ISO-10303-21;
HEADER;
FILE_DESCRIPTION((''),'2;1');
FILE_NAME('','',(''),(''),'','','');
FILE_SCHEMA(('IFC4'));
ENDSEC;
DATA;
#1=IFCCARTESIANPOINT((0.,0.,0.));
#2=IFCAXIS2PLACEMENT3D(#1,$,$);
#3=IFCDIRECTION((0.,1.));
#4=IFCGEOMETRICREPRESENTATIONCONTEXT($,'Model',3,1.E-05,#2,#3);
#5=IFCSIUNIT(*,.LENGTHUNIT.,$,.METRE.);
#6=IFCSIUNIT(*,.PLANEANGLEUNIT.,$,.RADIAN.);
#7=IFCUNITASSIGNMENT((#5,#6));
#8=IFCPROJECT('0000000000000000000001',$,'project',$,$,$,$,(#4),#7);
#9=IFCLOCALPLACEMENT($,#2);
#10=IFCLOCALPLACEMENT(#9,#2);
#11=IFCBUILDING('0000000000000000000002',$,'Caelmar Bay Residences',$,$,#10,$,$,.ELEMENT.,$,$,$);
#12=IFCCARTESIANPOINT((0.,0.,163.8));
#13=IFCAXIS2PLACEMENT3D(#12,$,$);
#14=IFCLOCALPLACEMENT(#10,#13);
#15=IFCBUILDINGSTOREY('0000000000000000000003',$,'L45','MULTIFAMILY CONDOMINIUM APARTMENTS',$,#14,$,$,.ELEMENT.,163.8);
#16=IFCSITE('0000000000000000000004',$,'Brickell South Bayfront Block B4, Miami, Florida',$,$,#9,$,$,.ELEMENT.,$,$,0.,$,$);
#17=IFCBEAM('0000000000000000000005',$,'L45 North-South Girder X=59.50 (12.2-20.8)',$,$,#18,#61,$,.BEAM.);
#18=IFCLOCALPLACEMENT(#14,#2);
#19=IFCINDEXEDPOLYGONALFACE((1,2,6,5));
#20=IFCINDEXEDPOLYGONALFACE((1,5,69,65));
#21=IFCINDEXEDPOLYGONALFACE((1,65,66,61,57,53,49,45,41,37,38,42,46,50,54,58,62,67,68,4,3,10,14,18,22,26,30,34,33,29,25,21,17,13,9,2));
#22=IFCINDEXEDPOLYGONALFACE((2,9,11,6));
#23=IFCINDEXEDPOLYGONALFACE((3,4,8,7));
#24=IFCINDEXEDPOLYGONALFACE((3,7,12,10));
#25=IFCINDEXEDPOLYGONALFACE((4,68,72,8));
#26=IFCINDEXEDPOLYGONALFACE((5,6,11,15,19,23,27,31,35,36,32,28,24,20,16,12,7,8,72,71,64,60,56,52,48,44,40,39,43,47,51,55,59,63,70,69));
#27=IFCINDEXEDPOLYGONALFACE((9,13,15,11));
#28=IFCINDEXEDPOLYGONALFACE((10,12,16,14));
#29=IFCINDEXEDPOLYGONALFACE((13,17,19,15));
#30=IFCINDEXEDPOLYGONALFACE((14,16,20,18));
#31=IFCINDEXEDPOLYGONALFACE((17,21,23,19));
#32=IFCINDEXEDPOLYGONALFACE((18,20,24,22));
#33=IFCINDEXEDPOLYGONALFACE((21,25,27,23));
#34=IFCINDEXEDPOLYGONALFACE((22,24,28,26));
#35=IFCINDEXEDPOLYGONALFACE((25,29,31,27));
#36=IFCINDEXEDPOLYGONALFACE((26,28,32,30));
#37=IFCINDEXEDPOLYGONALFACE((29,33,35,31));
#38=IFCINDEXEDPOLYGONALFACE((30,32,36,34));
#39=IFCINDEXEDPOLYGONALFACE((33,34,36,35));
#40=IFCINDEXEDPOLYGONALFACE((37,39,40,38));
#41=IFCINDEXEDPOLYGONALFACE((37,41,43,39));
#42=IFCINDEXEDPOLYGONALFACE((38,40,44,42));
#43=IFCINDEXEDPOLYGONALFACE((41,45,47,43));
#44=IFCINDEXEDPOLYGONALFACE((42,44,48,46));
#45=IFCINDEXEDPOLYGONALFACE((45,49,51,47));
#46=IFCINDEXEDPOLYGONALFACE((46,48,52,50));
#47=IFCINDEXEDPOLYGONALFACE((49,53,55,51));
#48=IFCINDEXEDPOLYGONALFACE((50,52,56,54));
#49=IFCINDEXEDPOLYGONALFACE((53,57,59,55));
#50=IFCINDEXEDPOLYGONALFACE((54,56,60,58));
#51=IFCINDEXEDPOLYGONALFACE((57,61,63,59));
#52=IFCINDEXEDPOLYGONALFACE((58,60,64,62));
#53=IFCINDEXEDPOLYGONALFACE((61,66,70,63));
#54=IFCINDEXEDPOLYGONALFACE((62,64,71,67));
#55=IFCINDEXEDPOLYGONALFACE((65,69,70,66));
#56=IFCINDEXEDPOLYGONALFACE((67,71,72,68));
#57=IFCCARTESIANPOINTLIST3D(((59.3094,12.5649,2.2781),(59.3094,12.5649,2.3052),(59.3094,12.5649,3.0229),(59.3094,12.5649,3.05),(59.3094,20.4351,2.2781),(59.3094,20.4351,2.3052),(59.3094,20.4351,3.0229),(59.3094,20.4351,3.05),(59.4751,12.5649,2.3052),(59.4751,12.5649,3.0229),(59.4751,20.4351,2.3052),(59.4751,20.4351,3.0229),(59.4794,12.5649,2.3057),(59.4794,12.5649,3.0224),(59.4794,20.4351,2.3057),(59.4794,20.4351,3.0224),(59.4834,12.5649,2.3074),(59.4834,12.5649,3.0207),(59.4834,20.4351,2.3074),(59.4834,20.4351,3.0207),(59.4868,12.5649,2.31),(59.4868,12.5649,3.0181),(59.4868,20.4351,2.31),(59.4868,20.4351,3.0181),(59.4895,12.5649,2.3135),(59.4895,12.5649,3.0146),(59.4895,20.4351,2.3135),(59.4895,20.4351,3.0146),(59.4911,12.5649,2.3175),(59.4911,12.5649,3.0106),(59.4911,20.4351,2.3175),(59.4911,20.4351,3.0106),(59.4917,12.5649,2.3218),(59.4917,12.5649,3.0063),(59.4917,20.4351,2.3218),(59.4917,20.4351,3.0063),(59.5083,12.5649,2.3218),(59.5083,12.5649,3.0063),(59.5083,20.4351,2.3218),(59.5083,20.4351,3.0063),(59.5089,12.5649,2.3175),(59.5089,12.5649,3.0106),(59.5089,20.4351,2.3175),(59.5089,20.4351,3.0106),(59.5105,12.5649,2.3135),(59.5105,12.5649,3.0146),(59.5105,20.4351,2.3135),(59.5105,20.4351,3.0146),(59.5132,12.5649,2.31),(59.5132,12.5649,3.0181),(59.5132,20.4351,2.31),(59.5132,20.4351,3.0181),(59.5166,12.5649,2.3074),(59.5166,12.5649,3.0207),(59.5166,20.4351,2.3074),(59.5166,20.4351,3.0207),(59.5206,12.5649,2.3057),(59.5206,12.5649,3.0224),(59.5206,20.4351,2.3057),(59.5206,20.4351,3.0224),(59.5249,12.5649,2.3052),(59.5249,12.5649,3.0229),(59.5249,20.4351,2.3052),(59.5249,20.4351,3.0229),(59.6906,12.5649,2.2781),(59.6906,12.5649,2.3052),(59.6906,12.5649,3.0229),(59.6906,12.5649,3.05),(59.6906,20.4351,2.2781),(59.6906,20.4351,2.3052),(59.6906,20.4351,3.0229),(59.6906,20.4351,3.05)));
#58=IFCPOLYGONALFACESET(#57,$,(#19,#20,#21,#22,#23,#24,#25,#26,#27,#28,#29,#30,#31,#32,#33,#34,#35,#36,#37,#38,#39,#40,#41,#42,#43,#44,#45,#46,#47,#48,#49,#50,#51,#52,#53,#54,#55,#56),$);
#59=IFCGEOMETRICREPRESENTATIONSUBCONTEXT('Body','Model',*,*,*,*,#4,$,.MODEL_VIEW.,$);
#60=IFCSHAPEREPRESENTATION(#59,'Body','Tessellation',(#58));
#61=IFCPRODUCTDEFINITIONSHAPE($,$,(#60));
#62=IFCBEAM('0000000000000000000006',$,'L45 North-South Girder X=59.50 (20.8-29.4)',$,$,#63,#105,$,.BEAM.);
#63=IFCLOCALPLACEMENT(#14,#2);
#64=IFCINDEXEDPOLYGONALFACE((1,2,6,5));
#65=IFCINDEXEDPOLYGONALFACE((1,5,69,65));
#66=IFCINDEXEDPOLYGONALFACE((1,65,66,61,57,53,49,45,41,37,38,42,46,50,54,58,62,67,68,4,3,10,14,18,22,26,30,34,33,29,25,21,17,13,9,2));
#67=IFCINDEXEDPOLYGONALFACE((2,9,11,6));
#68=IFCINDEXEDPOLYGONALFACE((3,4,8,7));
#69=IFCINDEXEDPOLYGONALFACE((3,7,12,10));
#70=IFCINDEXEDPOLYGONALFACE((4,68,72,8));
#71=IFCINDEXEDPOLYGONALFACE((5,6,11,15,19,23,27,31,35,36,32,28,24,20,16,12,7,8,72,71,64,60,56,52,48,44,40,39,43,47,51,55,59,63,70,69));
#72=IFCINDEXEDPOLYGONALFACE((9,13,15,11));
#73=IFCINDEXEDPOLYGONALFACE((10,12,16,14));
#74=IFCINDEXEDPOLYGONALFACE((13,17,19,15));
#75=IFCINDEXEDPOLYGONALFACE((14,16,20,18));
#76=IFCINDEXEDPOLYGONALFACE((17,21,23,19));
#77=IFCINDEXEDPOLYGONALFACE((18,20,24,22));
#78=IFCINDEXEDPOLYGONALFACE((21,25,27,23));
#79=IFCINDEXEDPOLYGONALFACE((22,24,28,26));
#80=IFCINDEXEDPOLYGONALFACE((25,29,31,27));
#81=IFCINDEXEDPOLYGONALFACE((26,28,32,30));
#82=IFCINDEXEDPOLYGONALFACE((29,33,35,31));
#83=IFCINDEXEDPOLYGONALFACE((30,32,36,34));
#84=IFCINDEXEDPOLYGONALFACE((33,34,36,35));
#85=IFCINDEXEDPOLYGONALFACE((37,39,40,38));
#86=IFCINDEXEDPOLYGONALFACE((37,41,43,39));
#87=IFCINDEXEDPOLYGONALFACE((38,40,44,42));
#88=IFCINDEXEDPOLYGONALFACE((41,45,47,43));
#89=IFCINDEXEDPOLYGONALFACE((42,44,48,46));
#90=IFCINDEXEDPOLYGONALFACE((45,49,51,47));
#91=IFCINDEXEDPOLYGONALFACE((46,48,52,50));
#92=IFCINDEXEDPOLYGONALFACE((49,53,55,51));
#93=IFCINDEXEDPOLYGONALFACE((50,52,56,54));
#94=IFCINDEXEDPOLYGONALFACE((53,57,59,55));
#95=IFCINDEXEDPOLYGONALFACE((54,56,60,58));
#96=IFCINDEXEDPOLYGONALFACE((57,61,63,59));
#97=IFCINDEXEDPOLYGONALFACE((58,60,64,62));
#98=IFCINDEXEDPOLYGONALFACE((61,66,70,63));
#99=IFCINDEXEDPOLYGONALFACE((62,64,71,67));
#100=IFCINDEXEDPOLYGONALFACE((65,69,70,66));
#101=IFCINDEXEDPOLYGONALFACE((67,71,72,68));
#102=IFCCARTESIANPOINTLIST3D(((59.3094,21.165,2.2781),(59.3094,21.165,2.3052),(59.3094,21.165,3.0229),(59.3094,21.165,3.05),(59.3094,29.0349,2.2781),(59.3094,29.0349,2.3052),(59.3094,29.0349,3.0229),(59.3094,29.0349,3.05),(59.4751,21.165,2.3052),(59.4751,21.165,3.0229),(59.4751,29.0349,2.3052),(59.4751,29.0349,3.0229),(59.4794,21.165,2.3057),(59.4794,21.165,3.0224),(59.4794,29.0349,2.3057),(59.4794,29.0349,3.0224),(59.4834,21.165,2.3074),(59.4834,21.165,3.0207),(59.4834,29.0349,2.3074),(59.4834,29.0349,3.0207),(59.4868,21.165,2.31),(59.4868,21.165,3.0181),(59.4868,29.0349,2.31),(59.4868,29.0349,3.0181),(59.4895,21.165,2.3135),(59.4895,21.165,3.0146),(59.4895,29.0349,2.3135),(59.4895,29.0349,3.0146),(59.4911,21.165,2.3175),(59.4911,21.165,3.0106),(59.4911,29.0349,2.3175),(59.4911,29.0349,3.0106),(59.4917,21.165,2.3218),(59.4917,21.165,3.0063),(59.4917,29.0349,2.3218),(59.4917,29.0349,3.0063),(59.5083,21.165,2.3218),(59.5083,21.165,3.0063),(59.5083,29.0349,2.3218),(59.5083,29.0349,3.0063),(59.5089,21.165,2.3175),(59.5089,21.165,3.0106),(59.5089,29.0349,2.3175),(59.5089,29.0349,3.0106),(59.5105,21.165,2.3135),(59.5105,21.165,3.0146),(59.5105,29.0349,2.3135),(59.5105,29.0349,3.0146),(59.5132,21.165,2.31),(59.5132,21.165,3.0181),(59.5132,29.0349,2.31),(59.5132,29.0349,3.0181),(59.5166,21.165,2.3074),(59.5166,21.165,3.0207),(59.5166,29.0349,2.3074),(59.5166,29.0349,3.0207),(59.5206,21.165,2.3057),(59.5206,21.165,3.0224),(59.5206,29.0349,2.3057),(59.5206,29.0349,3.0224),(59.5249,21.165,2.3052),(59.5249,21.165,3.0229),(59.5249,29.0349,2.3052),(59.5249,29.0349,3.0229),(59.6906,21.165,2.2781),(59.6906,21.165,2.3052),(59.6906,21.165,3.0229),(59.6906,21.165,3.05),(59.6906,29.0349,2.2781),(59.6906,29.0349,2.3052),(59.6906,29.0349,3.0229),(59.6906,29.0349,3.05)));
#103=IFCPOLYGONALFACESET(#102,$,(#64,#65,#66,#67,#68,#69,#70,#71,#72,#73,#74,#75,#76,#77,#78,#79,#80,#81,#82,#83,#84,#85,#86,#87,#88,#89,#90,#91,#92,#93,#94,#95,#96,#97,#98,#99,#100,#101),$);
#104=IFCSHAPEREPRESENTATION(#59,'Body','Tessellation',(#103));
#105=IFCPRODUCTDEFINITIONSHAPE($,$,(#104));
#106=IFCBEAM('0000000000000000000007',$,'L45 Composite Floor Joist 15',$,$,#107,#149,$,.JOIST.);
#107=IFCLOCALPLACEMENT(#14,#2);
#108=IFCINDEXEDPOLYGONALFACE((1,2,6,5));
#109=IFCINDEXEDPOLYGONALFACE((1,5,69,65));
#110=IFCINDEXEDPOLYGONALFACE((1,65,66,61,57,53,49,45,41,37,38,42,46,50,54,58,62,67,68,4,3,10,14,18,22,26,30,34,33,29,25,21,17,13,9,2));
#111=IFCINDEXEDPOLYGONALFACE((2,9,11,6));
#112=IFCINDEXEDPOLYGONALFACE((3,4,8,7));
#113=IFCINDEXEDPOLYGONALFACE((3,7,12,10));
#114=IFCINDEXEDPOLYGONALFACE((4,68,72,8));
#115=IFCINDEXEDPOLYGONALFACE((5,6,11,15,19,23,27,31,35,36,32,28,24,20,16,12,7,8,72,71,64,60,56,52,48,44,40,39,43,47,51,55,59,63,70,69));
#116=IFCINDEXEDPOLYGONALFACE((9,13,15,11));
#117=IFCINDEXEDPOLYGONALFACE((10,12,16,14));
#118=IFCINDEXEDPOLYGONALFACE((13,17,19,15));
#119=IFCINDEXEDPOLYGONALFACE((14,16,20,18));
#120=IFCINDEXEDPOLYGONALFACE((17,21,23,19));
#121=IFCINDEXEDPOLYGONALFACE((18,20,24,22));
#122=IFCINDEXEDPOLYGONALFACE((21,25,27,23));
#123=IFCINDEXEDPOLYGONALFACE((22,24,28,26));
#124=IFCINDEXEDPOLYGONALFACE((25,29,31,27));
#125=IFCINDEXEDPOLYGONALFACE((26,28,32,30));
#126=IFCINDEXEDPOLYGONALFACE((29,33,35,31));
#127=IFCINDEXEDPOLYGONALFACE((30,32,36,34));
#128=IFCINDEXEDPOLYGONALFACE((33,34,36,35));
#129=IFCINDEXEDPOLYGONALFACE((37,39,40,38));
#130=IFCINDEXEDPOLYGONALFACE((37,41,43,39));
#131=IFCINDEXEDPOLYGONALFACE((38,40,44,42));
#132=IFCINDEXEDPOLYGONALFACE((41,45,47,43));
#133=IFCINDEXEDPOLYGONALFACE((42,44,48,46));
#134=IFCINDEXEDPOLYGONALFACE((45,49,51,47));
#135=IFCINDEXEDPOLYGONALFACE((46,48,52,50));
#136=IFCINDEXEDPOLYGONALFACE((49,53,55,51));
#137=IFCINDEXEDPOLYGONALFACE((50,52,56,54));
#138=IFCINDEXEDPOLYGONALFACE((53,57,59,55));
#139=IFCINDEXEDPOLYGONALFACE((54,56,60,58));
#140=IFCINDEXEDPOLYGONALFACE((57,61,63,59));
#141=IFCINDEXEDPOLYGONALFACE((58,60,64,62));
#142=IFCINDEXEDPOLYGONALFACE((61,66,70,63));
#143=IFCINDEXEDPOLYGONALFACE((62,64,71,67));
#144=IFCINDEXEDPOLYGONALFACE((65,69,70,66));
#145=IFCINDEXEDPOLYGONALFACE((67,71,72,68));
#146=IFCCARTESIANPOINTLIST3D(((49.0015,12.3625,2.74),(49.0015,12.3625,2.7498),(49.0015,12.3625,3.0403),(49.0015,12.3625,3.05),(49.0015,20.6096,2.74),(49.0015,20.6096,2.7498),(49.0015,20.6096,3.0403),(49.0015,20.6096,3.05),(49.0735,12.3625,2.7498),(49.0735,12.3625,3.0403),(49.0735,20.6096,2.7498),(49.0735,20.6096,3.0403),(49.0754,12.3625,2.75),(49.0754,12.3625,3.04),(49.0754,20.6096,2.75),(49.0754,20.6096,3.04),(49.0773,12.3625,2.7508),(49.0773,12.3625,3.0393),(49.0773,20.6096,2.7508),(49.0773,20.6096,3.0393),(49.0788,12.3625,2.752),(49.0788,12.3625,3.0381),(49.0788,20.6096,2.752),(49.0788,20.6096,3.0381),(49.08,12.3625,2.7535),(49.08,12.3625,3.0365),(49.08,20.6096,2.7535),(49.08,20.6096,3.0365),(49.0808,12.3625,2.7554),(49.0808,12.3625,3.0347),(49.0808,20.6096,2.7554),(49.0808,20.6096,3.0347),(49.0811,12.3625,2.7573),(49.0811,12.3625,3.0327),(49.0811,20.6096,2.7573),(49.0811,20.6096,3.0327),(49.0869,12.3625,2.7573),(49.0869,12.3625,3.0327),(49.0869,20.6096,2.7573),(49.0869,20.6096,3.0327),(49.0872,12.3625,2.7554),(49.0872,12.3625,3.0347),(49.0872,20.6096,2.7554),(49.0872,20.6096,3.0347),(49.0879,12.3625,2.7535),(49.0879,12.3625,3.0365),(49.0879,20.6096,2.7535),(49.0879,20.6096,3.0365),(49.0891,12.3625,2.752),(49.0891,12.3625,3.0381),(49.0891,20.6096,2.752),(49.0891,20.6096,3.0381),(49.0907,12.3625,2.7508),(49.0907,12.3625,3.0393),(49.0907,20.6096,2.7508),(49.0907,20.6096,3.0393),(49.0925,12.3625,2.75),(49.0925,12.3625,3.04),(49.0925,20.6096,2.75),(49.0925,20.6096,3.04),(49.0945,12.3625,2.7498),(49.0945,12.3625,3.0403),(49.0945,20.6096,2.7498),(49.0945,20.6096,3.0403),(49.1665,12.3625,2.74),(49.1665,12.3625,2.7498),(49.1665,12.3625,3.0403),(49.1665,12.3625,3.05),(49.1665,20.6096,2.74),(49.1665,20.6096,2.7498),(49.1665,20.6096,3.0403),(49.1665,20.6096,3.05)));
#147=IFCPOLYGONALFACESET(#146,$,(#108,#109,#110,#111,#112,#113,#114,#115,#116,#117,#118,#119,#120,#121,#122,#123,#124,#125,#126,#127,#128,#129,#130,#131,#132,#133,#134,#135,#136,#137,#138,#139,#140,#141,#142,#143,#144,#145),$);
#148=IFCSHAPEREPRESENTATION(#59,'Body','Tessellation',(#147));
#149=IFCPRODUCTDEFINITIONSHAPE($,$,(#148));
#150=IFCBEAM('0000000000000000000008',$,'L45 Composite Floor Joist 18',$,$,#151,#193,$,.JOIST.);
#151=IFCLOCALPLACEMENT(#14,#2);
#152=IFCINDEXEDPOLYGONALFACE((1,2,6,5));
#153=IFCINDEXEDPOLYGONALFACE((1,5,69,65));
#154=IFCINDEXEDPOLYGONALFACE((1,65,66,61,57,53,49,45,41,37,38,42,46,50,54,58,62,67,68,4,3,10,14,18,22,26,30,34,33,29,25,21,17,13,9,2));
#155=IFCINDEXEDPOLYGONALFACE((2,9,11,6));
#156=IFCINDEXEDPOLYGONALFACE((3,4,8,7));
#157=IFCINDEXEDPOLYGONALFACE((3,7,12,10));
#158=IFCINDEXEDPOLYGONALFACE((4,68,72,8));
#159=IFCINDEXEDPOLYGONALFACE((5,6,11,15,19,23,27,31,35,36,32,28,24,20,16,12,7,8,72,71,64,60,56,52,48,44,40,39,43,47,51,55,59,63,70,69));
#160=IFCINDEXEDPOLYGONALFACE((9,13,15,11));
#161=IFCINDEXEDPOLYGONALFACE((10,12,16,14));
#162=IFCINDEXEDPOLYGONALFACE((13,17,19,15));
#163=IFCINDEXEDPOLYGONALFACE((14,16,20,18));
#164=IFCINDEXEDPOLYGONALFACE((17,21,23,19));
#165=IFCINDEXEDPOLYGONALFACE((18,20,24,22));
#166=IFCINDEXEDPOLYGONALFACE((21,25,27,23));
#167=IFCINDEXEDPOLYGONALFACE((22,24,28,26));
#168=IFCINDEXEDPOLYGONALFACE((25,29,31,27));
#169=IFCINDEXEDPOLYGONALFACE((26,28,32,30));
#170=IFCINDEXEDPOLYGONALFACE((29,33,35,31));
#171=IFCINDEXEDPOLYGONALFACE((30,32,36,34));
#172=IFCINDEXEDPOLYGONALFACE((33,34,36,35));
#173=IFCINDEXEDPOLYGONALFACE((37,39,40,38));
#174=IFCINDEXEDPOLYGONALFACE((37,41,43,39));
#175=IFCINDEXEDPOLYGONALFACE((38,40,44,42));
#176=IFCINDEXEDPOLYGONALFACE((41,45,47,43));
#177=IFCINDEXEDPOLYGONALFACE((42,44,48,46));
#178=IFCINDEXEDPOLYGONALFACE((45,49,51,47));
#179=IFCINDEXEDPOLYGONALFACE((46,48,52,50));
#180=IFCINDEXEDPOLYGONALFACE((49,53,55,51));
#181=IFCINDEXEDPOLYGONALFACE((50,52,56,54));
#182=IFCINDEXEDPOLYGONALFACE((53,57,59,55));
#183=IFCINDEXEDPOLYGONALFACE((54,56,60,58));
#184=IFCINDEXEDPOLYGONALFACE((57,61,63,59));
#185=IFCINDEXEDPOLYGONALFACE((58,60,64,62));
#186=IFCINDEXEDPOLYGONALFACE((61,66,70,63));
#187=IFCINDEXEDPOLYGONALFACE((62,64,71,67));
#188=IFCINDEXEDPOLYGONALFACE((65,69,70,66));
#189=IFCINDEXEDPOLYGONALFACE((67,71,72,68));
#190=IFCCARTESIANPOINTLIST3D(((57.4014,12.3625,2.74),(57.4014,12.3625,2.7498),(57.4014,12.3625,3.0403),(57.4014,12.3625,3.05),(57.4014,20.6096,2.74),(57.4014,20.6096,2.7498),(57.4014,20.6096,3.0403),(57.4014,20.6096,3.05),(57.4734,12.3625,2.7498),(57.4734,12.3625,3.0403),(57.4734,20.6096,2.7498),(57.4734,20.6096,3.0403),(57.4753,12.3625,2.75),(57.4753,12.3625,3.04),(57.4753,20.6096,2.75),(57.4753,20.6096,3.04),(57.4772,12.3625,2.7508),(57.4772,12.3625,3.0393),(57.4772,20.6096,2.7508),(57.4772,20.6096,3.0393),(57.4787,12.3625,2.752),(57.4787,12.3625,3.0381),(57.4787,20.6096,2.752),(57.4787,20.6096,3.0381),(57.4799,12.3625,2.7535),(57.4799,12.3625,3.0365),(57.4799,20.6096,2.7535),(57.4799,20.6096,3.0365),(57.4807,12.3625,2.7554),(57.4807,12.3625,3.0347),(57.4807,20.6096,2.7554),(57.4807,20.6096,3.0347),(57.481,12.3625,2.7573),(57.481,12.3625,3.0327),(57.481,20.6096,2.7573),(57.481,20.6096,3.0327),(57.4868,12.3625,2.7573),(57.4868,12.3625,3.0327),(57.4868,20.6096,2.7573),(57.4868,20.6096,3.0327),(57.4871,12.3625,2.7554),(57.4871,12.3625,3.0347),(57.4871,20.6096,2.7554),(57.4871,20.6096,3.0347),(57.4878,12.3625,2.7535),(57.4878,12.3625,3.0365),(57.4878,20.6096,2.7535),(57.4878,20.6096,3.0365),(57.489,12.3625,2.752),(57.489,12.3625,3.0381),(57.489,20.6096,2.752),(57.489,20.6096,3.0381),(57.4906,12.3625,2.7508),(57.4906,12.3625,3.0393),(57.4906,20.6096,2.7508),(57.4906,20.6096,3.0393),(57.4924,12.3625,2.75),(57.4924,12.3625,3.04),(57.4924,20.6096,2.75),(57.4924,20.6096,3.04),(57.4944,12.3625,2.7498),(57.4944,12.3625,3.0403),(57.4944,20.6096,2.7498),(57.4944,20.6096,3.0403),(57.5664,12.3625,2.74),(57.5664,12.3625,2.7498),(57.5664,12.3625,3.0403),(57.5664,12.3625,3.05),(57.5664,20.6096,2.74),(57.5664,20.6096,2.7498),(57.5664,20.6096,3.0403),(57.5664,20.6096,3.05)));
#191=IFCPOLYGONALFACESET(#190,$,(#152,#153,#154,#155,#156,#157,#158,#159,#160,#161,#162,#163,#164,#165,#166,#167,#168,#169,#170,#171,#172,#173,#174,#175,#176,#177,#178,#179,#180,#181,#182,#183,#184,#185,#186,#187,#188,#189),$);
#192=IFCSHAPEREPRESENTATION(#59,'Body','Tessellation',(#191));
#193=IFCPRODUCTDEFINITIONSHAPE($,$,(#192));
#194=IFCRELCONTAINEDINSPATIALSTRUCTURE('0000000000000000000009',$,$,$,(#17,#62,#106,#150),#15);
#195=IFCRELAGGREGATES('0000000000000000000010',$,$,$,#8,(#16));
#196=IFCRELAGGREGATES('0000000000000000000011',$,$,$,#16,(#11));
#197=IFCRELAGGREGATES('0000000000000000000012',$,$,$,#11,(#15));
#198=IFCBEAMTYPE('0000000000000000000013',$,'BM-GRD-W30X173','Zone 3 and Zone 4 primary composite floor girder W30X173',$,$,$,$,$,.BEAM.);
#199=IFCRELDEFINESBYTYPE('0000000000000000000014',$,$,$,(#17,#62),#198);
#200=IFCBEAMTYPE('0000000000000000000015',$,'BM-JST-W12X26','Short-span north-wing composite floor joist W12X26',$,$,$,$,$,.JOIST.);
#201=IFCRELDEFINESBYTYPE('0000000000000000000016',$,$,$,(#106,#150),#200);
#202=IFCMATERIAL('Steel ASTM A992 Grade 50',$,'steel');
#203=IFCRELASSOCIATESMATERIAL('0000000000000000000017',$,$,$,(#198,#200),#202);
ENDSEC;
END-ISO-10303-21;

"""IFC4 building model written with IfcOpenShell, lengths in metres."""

from ifc_helpers import new_model, si_unit, direction, frame, origin, origin_2d, place, context, subcontext, project, spatial, i_section, extrude, material, material_profile, profile_set, type_object, element, save


model = new_model("IFC4")

# Units and contexts
model_context = context("Model", 3, precision=1e-05, world=origin(), true_north=direction((0.0, 1.0)))
body_context = subcontext(model_context, "Body", "Model", "MODEL_VIEW")
ifc_project = project(units=[si_unit("LENGTHUNIT", "METRE"), si_unit("PLANEANGLEUNIT", "RADIAN")], contexts=[model_context])

# Site, building, storey
site_placement = place(None, origin())
site = spatial("IfcSite", under=ifc_project, at=site_placement, Name="Brickell South Bayfront Block B4, Miami, Florida", CompositionType="ELEMENT", RefElevation=0.0)
building_placement = place(site_placement, origin())
building = spatial("IfcBuilding", under=site, at=building_placement, Name="Caelmar Bay Residences", CompositionType="ELEMENT")
storey_placement = place(building_placement, frame((0.0, 0.0, 163.8)))
storey = spatial("IfcBuildingStorey", under=building, at=storey_placement, Name="L45", Description="MULTIFAMILY CONDOMINIUM APARTMENTS", CompositionType="ELEMENT", Elevation=163.8)

# Beams
ifc_material_1 = material(Name="Steel ASTM A992 Grade 50", Category="steel")
ifc_material_profile_1 = material_profile(ifc_material_1, i_section(OverallWidth=0.3811, OverallDepth=0.772, WebThickness=0.0166, FlangeThickness=0.0271, FilletRadius=0.0166, at=origin_2d()), Name="W30X173")
ifc_profile_set_1 = profile_set([ifc_material_profile_1], Name="Steel ASTM A992 Grade 50")
beam_type_1 = type_object("IfcBeamType", Name="BM-GRD-W30X173", Description="Zone 3 and Zone 4 primary composite floor girder W30X173", PredefinedType="BEAM", material=ifc_profile_set_1)
for number, where, z_axis, x_axis, name in (
    (1, (59.5, 12.5649, 2.6641), (0.0, 1.0, 0.0), (-1.0, 0.0, 0.0), "L45 North-South Girder X=59.50 (12.2-20.8)"),
):
    element("IfcBeam", number, at=place(storey_placement, frame(where, z_axis=z_axis, x_axis=x_axis)), inside=storey, type_object=beam_type_1, Name=name, PredefinedType="BEAM", context=body_context, shape_type="SweptSolid", body=[
        extrude(i_section(OverallWidth=0.3811, OverallDepth=0.772, WebThickness=0.0166, FlangeThickness=0.0271, FilletRadius=0.0166, at=origin_2d()), origin(), (0.0, 0.0, 1.0), 7.8701),
    ])
beam_1_placement = place(storey_placement, frame((59.5, 21.165, 2.6641), z_axis=(0.0, 1.0, 0.0), x_axis=(-1.0, 0.0, 0.0)))
element("IfcBeam", 2, at=beam_1_placement, inside=storey, type_object=beam_type_1, Name="L45 North-South Girder X=59.50 (20.8-29.4)", PredefinedType="BEAM", context=body_context, shape_type="SweptSolid", body=[
    extrude(i_section(OverallWidth=0.3811, OverallDepth=0.772, WebThickness=0.0166, FlangeThickness=0.0271, FilletRadius=0.0166, at=origin_2d()), origin(), (0.0, 0.0, 1.0), 7.8699),
])
ifc_material_profile_2 = material_profile(ifc_material_1, i_section(OverallWidth=0.165, OverallDepth=0.3101, WebThickness=0.0059, FlangeThickness=0.0098, FilletRadius=0.0076, at=origin_2d()), Name="W12X26")
ifc_profile_set_2 = profile_set([ifc_material_profile_2], Name="Steel ASTM A992 Grade 50")
beam_type_2 = type_object("IfcBeamType", Name="BM-JST-W12X26", Description="Short-span north-wing composite floor joist W12X26", PredefinedType="JOIST", material=ifc_profile_set_2)
for number, where, z_axis, x_axis, name in (
    (3, (49.084, 12.3625, 2.895), (0.0, 1.0, 0.0), (-1.0, 0.0, 0.0), "L45 Composite Floor Joist 15"),
    (4, (57.4839, 12.3625, 2.895), (0.0, 1.0, 0.0), (-1.0, 0.0, 0.0), "L45 Composite Floor Joist 18"),
):
    element("IfcBeam", number, at=place(storey_placement, frame(where, z_axis=z_axis, x_axis=x_axis)), inside=storey, type_object=beam_type_2, Name=name, PredefinedType="JOIST", context=body_context, shape_type="SweptSolid", body=[
        extrude(i_section(OverallWidth=0.165, OverallDepth=0.3101, WebThickness=0.0059, FlangeThickness=0.0098, FilletRadius=0.0076, at=origin_2d()), origin(), (0.0, 0.0, 1.0), 8.2471),
    ])

save(model, "model.ifc")
